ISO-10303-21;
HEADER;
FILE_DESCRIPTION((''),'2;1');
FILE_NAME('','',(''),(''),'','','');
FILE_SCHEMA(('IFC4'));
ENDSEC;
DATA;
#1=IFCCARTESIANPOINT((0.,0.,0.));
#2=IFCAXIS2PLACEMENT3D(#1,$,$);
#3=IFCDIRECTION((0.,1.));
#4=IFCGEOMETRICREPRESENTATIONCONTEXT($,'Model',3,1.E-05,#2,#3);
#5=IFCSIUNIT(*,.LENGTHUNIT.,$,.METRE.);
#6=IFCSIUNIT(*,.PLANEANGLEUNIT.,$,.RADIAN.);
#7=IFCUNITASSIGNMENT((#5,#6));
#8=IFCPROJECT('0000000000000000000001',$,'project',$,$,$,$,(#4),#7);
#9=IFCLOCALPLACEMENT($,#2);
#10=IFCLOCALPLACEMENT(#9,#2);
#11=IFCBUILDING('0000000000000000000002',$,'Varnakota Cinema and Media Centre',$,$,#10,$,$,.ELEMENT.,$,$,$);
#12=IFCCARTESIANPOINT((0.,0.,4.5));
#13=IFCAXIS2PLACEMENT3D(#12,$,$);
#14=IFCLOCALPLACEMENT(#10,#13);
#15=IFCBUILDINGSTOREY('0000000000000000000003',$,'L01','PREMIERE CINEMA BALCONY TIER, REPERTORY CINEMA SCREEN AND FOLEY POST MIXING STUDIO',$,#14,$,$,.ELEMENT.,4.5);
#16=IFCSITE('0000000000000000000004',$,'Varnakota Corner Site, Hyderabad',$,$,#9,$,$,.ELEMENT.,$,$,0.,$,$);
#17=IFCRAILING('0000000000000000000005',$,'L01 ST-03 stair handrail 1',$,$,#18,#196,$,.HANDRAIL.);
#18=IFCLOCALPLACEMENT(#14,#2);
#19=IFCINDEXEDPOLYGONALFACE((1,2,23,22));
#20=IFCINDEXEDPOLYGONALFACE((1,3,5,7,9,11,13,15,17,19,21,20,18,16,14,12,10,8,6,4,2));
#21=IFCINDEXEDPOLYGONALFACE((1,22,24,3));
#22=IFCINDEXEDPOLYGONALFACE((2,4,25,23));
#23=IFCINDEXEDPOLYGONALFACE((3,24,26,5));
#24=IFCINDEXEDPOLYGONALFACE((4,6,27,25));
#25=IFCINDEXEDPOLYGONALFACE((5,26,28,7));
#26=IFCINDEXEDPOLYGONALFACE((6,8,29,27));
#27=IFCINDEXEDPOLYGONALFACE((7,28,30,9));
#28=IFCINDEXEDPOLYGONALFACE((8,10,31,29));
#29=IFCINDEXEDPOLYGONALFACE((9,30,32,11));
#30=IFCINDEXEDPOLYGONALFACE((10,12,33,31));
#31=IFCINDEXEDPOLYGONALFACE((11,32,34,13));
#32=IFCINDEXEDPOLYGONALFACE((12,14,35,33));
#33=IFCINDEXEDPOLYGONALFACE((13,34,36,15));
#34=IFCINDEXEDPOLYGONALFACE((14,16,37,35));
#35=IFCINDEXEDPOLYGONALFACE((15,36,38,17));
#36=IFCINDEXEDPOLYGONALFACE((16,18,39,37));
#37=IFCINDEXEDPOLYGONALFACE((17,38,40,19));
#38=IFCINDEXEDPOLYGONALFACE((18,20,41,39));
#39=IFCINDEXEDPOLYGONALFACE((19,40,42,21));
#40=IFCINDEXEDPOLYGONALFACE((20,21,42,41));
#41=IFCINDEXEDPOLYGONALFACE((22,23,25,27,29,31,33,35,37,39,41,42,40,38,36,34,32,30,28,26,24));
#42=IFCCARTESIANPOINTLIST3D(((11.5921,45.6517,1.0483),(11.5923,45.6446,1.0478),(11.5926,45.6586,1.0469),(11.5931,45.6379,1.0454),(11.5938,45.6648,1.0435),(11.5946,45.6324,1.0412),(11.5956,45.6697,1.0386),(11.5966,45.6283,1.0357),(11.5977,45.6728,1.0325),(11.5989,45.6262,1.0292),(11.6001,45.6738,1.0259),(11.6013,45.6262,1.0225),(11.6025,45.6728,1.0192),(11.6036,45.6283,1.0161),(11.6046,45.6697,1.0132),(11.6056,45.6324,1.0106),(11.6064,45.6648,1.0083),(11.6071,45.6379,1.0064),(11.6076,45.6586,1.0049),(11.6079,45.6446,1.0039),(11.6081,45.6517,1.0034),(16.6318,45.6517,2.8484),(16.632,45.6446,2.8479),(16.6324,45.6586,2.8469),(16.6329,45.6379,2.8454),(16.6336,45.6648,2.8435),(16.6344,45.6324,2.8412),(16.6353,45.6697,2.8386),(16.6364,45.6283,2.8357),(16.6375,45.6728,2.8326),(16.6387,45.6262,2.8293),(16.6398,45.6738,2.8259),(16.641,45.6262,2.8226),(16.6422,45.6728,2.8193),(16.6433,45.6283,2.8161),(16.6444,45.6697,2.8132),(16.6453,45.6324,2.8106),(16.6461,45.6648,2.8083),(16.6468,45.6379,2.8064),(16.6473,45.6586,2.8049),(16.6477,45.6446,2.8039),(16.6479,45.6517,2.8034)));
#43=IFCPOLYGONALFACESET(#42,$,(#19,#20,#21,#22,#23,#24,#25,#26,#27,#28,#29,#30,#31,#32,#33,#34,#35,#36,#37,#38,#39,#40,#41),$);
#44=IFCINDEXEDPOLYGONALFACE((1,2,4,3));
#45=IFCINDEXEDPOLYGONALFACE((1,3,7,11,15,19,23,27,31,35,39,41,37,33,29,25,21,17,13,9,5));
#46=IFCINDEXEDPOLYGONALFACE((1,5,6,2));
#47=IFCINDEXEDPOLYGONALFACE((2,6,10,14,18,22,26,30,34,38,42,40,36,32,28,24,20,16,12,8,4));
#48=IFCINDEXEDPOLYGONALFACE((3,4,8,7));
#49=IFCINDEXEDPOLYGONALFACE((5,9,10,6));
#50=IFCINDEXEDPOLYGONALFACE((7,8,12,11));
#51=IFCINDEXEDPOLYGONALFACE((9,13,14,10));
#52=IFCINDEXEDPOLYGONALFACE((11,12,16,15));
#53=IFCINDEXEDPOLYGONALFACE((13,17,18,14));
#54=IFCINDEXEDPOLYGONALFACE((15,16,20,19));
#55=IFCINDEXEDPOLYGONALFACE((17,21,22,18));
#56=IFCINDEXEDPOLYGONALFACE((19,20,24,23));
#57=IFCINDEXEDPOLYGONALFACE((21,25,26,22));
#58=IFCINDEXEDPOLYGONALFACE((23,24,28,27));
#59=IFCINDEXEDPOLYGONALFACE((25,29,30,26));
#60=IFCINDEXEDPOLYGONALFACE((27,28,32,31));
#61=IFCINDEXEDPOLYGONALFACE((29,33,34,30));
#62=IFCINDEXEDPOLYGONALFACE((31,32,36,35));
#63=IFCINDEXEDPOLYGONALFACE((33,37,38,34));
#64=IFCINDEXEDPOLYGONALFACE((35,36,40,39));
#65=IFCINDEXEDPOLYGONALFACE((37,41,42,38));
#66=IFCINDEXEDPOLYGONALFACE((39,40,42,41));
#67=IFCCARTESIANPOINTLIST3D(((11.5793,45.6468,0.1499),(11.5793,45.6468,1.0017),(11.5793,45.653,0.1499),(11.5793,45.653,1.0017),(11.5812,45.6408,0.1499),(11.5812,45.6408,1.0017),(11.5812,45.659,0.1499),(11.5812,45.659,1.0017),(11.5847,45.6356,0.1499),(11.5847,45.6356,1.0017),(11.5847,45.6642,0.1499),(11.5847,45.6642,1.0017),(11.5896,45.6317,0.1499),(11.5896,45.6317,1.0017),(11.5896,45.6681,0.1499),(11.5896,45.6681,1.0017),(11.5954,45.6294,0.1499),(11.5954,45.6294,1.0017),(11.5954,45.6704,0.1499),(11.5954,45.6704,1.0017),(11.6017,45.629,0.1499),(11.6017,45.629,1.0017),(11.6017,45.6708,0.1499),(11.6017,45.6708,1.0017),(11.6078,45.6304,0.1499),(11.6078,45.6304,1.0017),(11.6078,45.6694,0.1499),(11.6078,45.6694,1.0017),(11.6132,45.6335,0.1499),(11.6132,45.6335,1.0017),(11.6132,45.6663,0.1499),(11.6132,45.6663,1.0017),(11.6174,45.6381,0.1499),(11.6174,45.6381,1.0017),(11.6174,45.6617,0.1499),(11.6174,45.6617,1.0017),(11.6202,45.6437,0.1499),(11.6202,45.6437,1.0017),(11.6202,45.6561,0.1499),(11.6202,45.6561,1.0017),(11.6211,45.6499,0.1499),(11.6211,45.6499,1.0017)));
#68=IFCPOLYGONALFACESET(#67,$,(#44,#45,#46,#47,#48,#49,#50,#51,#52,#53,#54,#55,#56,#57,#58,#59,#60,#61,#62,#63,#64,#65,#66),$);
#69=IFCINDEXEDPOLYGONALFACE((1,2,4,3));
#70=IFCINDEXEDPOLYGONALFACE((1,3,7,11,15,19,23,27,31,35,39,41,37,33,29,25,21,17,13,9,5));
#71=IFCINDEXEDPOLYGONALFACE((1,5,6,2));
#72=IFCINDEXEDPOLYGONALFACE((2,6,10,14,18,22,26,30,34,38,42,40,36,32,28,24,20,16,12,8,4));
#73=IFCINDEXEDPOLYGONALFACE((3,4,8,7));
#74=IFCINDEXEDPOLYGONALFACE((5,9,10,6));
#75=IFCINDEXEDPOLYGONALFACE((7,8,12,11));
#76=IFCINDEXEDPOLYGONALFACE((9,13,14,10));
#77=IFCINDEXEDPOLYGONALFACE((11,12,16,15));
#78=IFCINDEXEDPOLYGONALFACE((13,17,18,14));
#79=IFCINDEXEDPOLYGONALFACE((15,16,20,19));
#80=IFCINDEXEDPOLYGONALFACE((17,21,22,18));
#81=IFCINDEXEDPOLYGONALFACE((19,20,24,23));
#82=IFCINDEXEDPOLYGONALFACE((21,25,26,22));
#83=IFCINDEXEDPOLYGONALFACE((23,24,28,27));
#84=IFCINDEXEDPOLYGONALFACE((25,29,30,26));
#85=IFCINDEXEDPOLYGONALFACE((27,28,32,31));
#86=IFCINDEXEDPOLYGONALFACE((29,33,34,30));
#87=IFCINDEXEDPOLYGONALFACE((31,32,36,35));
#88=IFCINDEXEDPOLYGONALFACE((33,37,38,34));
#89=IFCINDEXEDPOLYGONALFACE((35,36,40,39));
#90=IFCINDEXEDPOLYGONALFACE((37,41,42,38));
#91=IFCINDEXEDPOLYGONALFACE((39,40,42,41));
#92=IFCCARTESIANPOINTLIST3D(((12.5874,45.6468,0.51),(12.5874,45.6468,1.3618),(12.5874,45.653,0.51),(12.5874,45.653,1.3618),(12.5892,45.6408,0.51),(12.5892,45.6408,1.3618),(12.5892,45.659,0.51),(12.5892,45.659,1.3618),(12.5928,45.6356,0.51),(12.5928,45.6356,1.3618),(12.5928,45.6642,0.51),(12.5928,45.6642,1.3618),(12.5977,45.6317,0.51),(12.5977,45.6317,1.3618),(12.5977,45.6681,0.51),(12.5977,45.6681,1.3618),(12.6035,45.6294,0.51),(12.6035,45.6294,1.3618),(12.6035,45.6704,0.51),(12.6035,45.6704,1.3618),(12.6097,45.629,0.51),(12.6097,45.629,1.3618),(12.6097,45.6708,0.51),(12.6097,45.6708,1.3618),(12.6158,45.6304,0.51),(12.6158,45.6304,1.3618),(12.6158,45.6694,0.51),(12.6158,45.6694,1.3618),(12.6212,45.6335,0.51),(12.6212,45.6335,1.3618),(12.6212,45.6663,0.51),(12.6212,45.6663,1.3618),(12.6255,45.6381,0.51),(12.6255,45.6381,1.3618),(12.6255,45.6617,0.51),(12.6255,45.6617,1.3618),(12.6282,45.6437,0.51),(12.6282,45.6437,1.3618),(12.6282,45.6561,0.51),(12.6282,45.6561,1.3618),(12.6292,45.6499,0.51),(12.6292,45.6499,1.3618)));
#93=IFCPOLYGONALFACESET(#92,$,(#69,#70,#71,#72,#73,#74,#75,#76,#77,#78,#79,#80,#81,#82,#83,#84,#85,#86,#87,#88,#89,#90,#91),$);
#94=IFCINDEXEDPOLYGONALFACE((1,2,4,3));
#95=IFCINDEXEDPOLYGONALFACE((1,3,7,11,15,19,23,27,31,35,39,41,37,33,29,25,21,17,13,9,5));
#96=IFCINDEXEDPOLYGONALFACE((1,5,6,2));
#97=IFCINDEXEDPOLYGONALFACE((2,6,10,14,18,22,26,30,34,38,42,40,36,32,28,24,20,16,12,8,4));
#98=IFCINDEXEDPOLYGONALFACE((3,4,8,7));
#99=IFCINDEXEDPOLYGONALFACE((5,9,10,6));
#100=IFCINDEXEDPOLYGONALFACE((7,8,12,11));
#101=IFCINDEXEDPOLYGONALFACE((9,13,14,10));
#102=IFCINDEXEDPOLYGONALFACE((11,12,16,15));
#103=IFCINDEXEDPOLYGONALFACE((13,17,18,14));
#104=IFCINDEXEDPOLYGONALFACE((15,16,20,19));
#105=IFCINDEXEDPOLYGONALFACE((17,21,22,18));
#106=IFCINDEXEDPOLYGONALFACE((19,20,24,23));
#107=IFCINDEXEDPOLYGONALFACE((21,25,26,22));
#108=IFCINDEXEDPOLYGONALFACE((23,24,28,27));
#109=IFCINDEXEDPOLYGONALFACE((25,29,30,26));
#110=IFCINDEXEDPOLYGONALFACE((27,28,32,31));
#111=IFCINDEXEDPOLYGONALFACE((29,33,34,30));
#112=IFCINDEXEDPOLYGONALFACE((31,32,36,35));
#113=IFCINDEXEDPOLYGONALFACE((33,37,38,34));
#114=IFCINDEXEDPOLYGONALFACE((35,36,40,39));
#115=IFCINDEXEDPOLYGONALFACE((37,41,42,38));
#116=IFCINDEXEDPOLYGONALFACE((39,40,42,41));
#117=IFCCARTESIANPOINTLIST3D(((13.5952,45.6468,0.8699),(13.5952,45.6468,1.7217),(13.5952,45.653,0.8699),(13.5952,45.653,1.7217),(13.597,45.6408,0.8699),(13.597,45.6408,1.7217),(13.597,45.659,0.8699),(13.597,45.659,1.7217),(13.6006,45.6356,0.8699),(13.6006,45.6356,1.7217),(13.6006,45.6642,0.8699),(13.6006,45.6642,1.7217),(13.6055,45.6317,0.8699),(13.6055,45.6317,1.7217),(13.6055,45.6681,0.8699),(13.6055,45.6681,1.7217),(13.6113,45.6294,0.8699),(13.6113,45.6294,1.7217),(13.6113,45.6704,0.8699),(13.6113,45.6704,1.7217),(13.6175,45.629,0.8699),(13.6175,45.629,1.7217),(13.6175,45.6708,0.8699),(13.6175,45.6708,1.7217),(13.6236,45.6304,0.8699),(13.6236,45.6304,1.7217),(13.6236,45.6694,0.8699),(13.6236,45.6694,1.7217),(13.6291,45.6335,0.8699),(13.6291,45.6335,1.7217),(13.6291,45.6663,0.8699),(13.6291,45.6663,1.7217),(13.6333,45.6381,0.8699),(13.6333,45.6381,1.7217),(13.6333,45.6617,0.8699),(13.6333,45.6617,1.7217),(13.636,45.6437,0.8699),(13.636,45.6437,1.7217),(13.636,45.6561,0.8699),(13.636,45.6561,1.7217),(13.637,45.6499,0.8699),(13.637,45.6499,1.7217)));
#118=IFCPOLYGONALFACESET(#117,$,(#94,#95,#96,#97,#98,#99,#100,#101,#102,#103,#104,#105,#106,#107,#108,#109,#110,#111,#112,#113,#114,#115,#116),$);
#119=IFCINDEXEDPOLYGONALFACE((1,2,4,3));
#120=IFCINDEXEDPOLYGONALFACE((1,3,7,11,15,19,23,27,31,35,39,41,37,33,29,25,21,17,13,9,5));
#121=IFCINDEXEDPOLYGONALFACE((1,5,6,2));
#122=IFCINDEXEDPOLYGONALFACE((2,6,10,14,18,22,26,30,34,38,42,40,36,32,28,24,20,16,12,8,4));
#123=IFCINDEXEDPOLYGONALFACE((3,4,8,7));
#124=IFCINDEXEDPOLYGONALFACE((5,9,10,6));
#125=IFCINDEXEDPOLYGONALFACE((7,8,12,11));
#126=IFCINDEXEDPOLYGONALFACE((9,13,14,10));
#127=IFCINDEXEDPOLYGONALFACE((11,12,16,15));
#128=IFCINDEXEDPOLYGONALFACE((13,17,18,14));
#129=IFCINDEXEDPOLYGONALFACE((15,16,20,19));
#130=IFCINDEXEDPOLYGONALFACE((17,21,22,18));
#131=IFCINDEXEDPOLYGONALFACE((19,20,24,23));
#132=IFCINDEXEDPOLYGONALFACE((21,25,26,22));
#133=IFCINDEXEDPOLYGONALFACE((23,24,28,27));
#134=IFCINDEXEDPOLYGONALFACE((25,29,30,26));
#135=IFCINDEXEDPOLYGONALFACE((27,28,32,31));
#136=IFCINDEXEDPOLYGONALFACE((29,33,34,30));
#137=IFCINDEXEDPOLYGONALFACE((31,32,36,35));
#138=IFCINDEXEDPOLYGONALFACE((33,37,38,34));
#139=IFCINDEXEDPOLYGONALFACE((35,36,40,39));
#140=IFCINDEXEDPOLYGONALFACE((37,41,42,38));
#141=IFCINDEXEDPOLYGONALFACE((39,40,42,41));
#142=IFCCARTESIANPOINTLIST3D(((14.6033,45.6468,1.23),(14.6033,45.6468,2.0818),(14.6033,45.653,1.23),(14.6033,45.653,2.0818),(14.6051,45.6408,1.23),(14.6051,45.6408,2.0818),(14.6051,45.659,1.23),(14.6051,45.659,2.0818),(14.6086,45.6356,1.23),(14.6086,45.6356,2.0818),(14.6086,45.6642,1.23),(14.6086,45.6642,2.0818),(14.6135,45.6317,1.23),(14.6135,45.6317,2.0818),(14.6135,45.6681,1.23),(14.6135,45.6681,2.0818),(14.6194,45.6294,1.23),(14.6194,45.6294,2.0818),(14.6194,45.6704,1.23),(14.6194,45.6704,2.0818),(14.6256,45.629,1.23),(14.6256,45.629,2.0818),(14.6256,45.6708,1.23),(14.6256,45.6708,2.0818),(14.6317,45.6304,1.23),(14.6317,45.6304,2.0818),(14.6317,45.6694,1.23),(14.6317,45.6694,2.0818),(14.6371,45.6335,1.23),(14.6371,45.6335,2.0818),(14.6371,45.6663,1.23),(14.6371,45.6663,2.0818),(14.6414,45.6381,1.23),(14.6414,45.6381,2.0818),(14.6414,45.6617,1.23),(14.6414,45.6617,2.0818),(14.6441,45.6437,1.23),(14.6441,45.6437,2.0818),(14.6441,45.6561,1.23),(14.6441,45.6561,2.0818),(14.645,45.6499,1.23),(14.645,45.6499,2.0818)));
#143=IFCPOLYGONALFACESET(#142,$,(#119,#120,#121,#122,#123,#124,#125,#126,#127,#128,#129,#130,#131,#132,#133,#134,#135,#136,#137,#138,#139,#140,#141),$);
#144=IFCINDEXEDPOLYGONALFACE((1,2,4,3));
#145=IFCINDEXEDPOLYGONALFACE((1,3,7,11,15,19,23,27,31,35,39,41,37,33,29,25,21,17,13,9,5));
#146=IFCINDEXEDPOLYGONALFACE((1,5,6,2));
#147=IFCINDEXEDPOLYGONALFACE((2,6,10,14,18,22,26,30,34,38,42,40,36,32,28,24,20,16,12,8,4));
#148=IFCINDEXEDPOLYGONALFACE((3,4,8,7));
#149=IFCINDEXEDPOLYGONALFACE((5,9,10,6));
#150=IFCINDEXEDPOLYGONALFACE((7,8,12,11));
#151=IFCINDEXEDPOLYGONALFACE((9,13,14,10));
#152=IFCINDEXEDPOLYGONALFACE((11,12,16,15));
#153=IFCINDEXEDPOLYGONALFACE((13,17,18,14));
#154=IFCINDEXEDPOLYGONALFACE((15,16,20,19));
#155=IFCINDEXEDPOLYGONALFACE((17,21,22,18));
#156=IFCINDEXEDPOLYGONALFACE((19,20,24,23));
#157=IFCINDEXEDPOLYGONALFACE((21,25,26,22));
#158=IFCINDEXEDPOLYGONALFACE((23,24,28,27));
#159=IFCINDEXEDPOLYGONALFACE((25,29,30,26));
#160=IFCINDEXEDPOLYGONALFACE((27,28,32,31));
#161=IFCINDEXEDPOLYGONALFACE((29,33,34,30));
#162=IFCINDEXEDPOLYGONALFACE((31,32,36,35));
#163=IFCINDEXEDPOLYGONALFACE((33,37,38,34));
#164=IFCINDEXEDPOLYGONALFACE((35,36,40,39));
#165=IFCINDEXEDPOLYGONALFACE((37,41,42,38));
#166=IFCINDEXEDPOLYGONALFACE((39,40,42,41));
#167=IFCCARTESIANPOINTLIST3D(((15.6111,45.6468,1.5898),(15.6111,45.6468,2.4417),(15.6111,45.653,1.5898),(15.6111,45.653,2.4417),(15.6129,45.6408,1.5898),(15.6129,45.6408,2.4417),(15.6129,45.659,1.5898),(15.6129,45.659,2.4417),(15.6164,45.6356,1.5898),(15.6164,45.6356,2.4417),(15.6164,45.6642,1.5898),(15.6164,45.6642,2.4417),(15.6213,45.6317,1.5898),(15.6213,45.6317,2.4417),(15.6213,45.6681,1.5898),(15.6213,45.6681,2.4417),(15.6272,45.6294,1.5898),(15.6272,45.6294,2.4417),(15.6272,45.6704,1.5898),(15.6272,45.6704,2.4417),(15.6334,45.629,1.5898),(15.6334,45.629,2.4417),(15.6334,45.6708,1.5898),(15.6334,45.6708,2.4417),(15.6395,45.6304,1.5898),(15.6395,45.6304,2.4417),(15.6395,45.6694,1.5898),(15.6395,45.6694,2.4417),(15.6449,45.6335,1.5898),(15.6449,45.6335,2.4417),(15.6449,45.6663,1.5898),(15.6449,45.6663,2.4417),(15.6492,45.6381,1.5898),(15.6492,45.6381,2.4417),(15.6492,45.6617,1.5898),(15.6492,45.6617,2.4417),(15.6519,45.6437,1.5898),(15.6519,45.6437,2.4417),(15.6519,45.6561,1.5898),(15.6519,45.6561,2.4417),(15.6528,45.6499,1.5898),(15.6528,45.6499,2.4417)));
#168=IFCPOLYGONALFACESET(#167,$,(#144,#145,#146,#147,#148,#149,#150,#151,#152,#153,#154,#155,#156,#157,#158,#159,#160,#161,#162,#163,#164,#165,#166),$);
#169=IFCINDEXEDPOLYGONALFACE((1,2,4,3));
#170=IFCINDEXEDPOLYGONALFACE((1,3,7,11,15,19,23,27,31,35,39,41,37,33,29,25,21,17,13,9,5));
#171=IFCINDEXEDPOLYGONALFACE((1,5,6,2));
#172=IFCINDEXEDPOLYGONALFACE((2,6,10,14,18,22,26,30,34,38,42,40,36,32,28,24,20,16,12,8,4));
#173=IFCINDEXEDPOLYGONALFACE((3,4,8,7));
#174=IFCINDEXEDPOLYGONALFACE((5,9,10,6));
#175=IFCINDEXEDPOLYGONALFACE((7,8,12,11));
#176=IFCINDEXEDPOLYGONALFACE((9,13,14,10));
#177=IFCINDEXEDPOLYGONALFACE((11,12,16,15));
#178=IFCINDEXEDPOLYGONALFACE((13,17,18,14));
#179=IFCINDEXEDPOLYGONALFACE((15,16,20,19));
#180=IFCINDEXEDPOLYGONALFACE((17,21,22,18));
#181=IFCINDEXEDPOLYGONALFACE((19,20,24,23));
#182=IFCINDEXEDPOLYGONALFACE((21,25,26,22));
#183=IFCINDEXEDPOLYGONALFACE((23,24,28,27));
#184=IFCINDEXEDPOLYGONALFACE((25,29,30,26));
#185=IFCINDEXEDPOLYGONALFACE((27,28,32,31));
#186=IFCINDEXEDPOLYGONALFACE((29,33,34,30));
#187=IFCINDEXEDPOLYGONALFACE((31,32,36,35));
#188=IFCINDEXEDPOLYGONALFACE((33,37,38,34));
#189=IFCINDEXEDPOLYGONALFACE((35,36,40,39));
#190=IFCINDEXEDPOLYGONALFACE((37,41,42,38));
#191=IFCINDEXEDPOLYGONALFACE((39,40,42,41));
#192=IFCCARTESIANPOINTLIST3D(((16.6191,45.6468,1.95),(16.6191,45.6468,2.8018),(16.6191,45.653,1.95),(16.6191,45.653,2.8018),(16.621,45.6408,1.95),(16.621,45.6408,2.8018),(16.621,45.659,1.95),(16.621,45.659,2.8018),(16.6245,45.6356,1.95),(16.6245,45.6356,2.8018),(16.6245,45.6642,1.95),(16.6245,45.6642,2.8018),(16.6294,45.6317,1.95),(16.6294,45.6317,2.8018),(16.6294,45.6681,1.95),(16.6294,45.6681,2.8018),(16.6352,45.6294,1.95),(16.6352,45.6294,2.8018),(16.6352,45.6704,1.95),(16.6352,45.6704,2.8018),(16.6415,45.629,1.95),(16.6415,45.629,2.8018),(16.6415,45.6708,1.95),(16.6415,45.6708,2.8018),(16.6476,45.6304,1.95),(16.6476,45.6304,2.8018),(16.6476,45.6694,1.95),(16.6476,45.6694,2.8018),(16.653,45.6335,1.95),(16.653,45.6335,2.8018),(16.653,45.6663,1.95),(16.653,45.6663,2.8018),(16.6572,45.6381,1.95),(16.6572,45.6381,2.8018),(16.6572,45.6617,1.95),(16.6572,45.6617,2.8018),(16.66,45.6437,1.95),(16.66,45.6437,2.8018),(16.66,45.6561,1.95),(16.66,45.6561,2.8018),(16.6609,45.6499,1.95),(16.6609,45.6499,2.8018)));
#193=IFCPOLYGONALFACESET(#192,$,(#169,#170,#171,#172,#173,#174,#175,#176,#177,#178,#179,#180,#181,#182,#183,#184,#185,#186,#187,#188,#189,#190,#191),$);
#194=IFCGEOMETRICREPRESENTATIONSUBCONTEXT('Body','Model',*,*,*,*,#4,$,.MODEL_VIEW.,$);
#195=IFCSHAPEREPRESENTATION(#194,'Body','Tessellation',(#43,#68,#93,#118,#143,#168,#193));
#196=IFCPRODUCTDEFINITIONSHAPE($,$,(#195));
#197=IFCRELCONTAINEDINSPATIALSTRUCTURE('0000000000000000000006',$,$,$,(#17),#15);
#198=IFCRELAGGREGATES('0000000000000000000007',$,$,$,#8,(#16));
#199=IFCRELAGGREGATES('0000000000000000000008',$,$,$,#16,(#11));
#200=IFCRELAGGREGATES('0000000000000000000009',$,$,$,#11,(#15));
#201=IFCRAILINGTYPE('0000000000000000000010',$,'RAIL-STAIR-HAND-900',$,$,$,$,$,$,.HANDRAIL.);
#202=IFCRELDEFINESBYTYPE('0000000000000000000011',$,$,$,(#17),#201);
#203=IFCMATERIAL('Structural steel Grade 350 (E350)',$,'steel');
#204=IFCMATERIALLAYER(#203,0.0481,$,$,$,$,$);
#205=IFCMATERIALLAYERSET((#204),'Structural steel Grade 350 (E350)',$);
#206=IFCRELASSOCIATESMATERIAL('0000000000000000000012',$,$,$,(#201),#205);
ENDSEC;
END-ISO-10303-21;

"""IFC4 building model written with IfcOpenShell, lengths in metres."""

from ifc_helpers import new_model, si_unit, direction, frame, origin, origin_2d, place, context, subcontext, project, spatial, circle, extrude, material, layer, layer_set, type_object, element, save


model = new_model("IFC4")

# Units and contexts
model_context = context("Model", 3, precision=1e-05, world=origin(), true_north=direction((0.0, 1.0)))
body_context = subcontext(model_context, "Body", "Model", "MODEL_VIEW")
ifc_project = project(units=[si_unit("LENGTHUNIT", "METRE"), si_unit("PLANEANGLEUNIT", "RADIAN")], contexts=[model_context])

# Site, building, storey
site_placement = place(None, origin())
site = spatial("IfcSite", under=ifc_project, at=site_placement, Name="Varnakota Corner Site, Hyderabad", CompositionType="ELEMENT", RefElevation=0.0)
building_placement = place(site_placement, origin())
building = spatial("IfcBuilding", under=site, at=building_placement, Name="Varnakota Cinema and Media Centre", CompositionType="ELEMENT")
storey_placement = place(building_placement, frame((0.0, 0.0, 4.5)))
storey = spatial("IfcBuildingStorey", under=building, at=storey_placement, Name="L01", Description="PREMIERE CINEMA BALCONY TIER, REPERTORY CINEMA SCREEN AND FOLEY POST MIXING STUDIO", CompositionType="ELEMENT", Elevation=4.5)

# Railing
ifc_material_1 = material(Name="Structural steel Grade 350 (E350)", Category="steel")
ifc_layer_1 = layer(ifc_material_1, 0.0481)
ifc_layer_set_1 = layer_set([ifc_layer_1], Name="Structural steel Grade 350 (E350)")
railing_type_1 = type_object("IfcRailingType", Name="RAIL-STAIR-HAND-900", PredefinedType="HANDRAIL", material=ifc_layer_set_1)
railing_1_placement = place(storey_placement, frame((11.6001, 45.6499, 0.1499)))
element("IfcRailing", 1, at=railing_1_placement, inside=storey, type_object=railing_type_1, Name="L01 ST-03 stair handrail 1", PredefinedType="HANDRAIL", context=body_context, shape_type="SweptSolid", body=[
    extrude(circle(Radius=0.0239, at=origin_2d()), frame((0.0, 0.0, 0.876), z_axis=(0.941735, 0.0, 0.336357), x_axis=(0.0, 1.0, 0.0)), (0.0, 0.0, 1.0), 5.3516),
    extrude(circle(Radius=0.021, at=origin_2d()), origin(), (0.0, 0.0, 1.0), 0.8518),
    extrude(circle(Radius=0.021, at=origin_2d()), frame((1.0081, 0.0, 0.3601)), (0.0, 0.0, 1.0), 0.8518),
    extrude(circle(Radius=0.021, at=origin_2d()), frame((2.0159, 0.0, 0.72)), (0.0, 0.0, 1.0), 0.8518),
    extrude(circle(Radius=0.021, at=origin_2d()), frame((3.0239, 0.0, 1.0801)), (0.0, 0.0, 1.0), 0.8518),
    extrude(circle(Radius=0.021, at=origin_2d()), frame((4.0317, 0.0, 1.4399)), (0.0, 0.0, 1.0), 0.8518),
    extrude(circle(Radius=0.021, at=origin_2d()), frame((5.0398, 0.0, 1.8)), (0.0, 0.0, 1.0), 0.8518),
])

save(model, "model.ifc")
